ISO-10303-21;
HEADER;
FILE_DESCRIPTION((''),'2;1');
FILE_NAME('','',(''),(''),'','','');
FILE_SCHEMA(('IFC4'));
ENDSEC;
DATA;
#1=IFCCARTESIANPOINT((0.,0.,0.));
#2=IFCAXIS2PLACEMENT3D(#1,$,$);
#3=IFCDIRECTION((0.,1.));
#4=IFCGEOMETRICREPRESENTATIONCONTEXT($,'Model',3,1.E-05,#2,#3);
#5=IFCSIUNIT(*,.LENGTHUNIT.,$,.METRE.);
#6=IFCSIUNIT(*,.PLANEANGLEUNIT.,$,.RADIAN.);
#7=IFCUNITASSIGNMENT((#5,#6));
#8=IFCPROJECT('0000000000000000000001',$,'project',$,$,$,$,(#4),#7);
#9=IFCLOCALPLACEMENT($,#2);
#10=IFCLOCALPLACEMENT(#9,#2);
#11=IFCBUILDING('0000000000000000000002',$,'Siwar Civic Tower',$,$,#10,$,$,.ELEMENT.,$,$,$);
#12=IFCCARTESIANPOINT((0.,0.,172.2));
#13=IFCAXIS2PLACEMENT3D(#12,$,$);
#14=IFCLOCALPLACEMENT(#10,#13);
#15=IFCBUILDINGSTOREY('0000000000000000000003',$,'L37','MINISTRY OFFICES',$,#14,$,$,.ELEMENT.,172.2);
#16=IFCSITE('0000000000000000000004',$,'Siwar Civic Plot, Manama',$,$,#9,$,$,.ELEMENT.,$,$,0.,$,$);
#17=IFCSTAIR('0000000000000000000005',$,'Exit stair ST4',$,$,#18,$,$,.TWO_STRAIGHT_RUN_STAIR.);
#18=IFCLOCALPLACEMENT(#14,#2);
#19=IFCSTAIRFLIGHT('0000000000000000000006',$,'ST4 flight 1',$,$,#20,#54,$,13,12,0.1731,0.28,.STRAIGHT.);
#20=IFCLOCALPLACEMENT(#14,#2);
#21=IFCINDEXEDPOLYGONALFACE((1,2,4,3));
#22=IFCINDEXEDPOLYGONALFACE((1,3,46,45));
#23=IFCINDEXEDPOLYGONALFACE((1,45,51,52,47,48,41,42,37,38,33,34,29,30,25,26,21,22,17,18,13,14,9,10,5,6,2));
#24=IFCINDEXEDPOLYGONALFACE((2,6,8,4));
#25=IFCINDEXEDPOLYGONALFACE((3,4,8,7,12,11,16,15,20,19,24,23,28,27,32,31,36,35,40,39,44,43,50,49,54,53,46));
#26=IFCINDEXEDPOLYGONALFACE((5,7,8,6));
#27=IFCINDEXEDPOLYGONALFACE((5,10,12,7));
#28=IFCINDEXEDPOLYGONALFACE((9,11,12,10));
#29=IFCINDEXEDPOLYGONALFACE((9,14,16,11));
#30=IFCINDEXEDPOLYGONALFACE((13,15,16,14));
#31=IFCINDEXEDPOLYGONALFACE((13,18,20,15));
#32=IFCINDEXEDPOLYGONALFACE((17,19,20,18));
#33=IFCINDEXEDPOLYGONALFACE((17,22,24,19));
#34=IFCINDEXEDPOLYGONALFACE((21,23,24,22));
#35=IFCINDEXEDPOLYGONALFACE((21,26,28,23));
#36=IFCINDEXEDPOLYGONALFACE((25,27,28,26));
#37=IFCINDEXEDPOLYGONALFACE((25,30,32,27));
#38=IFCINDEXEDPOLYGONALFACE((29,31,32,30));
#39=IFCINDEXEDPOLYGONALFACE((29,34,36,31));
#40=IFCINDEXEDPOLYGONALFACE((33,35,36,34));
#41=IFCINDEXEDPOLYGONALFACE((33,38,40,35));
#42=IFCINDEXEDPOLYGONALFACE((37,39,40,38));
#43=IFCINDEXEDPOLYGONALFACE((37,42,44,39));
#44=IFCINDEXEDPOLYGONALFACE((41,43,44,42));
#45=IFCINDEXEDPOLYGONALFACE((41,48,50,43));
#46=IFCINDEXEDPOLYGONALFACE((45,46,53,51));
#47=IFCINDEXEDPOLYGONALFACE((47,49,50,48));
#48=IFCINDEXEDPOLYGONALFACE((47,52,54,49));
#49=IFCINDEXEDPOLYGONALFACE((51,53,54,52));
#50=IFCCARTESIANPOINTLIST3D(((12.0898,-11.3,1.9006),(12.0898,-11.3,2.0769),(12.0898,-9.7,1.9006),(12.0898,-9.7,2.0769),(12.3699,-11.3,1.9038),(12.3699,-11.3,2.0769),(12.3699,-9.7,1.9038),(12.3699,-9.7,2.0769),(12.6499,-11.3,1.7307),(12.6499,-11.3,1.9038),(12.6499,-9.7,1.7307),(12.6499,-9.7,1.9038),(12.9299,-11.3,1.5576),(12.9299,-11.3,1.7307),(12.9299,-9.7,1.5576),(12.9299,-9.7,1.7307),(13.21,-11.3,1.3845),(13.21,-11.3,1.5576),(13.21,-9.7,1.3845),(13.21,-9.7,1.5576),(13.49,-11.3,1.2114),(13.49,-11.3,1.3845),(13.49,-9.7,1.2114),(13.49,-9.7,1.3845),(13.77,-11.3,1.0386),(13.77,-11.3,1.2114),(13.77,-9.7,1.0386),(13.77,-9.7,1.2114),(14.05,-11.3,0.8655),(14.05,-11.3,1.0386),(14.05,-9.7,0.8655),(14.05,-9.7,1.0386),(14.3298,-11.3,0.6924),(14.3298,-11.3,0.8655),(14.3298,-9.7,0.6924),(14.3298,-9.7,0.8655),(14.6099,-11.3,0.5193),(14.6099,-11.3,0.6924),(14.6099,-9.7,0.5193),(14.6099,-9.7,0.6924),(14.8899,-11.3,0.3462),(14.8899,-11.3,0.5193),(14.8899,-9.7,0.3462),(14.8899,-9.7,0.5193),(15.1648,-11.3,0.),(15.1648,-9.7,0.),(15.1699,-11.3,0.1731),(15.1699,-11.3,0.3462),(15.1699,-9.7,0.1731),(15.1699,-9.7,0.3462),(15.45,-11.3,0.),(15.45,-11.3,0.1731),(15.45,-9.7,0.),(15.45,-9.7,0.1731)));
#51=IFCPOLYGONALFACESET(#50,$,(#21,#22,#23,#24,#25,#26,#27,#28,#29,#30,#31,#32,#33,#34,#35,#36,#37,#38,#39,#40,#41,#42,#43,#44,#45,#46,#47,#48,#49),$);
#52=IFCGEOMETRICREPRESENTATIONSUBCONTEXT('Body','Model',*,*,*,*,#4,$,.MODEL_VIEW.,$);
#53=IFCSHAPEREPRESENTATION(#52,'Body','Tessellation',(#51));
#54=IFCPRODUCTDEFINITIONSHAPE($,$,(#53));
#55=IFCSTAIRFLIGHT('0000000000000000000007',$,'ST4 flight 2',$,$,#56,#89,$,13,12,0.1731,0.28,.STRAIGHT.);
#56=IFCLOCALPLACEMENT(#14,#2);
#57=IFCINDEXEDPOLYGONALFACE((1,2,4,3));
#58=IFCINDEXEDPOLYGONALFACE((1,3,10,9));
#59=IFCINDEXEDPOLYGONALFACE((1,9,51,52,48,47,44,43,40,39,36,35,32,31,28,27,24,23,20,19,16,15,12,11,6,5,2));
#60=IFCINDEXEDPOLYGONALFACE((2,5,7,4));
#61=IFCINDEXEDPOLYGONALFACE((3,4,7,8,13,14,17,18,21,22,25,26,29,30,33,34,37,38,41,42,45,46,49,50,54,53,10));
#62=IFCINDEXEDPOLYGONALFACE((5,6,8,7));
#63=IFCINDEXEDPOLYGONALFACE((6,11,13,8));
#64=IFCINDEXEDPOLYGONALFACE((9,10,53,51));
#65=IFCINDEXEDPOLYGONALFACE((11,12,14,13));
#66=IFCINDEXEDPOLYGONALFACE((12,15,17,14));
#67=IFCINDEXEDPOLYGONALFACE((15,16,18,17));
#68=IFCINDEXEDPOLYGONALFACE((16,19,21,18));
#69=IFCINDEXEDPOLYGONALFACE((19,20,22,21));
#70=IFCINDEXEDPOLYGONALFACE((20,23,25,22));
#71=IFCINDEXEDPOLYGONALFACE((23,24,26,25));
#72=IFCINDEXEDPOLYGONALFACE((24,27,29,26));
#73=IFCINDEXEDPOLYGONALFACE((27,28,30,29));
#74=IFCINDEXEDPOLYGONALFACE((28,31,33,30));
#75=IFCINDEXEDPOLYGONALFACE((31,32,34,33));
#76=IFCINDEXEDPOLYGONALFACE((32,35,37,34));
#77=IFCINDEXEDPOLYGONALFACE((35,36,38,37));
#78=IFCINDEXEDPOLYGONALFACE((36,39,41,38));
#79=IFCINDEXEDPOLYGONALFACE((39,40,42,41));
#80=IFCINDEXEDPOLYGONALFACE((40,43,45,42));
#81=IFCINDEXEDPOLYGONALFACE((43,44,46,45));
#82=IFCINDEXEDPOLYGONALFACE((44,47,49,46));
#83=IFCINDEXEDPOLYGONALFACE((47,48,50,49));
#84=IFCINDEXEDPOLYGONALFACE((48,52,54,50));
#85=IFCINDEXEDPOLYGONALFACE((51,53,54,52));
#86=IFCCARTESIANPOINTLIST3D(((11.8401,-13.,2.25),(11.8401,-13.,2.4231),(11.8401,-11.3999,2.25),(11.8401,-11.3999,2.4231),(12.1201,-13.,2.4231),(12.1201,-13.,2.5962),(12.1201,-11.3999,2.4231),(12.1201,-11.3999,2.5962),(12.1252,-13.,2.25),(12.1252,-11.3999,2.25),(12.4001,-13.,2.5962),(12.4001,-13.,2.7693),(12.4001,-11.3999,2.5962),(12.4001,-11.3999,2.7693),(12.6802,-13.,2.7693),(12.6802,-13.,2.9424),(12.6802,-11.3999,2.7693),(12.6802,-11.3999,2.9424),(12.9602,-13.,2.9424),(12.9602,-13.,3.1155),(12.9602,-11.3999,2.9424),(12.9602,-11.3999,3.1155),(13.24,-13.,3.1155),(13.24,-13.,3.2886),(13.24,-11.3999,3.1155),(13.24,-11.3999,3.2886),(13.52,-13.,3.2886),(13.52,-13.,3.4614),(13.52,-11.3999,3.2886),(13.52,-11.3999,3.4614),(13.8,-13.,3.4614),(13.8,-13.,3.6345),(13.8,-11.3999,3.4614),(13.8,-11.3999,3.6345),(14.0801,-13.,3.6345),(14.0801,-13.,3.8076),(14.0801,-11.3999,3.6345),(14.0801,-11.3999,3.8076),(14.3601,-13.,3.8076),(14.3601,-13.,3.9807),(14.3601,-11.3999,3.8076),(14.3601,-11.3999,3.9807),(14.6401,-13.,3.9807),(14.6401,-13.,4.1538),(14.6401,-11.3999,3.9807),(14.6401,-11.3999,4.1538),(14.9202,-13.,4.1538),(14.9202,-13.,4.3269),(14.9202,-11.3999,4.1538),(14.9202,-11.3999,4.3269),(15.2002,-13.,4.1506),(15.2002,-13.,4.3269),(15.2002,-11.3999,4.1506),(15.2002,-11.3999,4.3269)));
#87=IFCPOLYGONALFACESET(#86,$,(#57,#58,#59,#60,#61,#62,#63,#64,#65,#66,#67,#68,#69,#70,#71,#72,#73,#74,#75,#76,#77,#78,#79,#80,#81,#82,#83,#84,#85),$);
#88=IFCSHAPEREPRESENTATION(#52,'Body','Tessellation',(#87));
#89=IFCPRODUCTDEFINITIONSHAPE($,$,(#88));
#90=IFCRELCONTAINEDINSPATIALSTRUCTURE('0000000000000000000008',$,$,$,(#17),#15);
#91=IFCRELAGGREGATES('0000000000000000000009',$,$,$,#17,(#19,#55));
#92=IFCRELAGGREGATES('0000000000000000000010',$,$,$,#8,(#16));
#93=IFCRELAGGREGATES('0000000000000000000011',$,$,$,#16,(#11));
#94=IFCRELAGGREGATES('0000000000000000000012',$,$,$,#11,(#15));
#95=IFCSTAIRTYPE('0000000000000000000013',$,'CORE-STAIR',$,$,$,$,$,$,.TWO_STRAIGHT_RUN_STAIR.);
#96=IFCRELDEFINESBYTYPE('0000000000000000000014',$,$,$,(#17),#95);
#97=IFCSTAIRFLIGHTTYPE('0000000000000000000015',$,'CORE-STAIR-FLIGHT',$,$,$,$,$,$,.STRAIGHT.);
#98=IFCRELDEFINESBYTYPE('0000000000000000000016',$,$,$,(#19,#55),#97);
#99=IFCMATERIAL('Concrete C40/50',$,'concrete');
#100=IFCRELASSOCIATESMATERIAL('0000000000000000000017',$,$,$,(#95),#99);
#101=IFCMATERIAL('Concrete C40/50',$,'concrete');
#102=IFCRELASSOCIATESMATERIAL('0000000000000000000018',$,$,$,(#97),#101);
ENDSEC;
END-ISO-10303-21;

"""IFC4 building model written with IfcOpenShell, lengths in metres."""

from ifc_helpers import new_model, si_unit, direction, frame, origin, place, context, subcontext, project, spatial, polyline, outline, extrude, material, type_object, element, aggregate, save


model = new_model("IFC4")

# Units and contexts
model_context = context("Model", 3, precision=1e-05, world=origin(), true_north=direction((0.0, 1.0)))
body_context = subcontext(model_context, "Body", "Model", "MODEL_VIEW")
ifc_project = project(units=[si_unit("LENGTHUNIT", "METRE"), si_unit("PLANEANGLEUNIT", "RADIAN")], contexts=[model_context])

# Site, building, storey
site_placement = place(None, origin())
site = spatial("IfcSite", under=ifc_project, at=site_placement, Name="Siwar Civic Plot, Manama", CompositionType="ELEMENT", RefElevation=0.0)
building_placement = place(site_placement, origin())
building = spatial("IfcBuilding", under=site, at=building_placement, Name="Siwar Civic Tower", CompositionType="ELEMENT")
storey_placement = place(building_placement, frame((0.0, 0.0, 172.2)))
storey = spatial("IfcBuildingStorey", under=building, at=storey_placement, Name="L37", Description="MINISTRY OFFICES", CompositionType="ELEMENT", Elevation=172.2)

# Stair, stair flights
ifc_material_1 = material(Name="Concrete C40/50", Category="concrete")
stair_type = type_object("IfcStairType", Name="CORE-STAIR", PredefinedType="TWO_STRAIGHT_RUN_STAIR", material=ifc_material_1)
stair_placement = place(storey_placement, origin())
stair = element("IfcStair", 1, at=stair_placement, inside=storey, type_object=stair_type, Name="Exit stair ST4", PredefinedType="TWO_STRAIGHT_RUN_STAIR")
ifc_material_2 = material(Name="Concrete C40/50", Category="concrete")
stair_flight_type = type_object("IfcStairFlightType", Name="CORE-STAIR-FLIGHT", PredefinedType="STRAIGHT", material=ifc_material_2)
stair_flight_1_placement = place(storey_placement, frame((15.45, -10.5, 0.0), z_axis=(0.0, 0.0, 1.0), x_axis=(-1.0, 0.0, 0.0)))
stair_flight_1 = element("IfcStairFlight", 2, at=stair_flight_1_placement, type_object=stair_flight_type, Name="ST4 flight 1", NumberOfRisers=13, NumberOfTreads=12, PredefinedType="STRAIGHT", RiserHeight=0.1731, TreadLength=0.28, context=body_context, shape_type="SweptSolid", body=[
    extrude(outline(polyline([(0.0, 0.0), (0.0, 0.1731), (0.28, 0.1731), (0.28, 0.3462), (0.5601, 0.3462), (0.5601, 0.5193), (0.8401, 0.5193), (0.8401, 0.6924), (1.1201, 0.6924), (1.1201, 0.8655), (1.3999, 0.8655), (1.3999, 1.0386), (1.6799, 1.0386), (1.6799, 1.2114), (1.96, 1.2114), (1.96, 1.3845), (2.24, 1.3845), (2.24, 1.5576), (2.52, 1.5576), (2.52, 1.7307), (2.8, 1.7307), (2.8, 1.9038), (3.0801, 1.9038), (3.0801, 2.0769), (3.3601, 2.0769), (3.3601, 2.25), (3.3601, 1.9006), (0.2852, 0.0), (0.0, 0.0)])), frame((0.0, 0.8, 0.0), z_axis=(0.0, -1.0, 0.0), x_axis=(1.0, 0.0, 0.0)), (0.0, 0.0, 1.0), 1.6001),
])
stair_flight_2_placement = place(storey_placement, frame((11.8401, -12.2, 2.25), z_axis=(0.0, 0.0, 1.0), x_axis=(1.0, 0.0, 0.0)))
stair_flight_2 = element("IfcStairFlight", 3, at=stair_flight_2_placement, type_object=stair_flight_type, Name="ST4 flight 2", NumberOfRisers=13, NumberOfTreads=12, PredefinedType="STRAIGHT", RiserHeight=0.1731, TreadLength=0.28, context=body_context, shape_type="SweptSolid", body=[
    extrude(outline(polyline([(0.0, 0.0), (0.0, 0.1731), (0.28, 0.1731), (0.28, 0.3462), (0.5601, 0.3462), (0.5601, 0.5193), (0.8401, 0.5193), (0.8401, 0.6924), (1.1201, 0.6924), (1.1201, 0.8655), (1.3999, 0.8655), (1.3999, 1.0386), (1.6799, 1.0386), (1.6799, 1.2114), (1.96, 1.2114), (1.96, 1.3845), (2.24, 1.3845), (2.24, 1.5576), (2.52, 1.5576), (2.52, 1.7307), (2.8, 1.7307), (2.8, 1.9038), (3.0801, 1.9038), (3.0801, 2.0769), (3.3601, 2.0769), (3.3601, 2.25), (3.3601, 1.9006), (0.2852, 0.0), (0.0, 0.0)])), frame((0.0, 0.8, 0.0), z_axis=(0.0, -1.0, 0.0), x_axis=(1.0, 0.0, 0.0)), (0.0, 0.0, 1.0), 1.6001),
])
aggregate(stair, [stair_flight_1, stair_flight_2])

save(model, "model.ifc")
